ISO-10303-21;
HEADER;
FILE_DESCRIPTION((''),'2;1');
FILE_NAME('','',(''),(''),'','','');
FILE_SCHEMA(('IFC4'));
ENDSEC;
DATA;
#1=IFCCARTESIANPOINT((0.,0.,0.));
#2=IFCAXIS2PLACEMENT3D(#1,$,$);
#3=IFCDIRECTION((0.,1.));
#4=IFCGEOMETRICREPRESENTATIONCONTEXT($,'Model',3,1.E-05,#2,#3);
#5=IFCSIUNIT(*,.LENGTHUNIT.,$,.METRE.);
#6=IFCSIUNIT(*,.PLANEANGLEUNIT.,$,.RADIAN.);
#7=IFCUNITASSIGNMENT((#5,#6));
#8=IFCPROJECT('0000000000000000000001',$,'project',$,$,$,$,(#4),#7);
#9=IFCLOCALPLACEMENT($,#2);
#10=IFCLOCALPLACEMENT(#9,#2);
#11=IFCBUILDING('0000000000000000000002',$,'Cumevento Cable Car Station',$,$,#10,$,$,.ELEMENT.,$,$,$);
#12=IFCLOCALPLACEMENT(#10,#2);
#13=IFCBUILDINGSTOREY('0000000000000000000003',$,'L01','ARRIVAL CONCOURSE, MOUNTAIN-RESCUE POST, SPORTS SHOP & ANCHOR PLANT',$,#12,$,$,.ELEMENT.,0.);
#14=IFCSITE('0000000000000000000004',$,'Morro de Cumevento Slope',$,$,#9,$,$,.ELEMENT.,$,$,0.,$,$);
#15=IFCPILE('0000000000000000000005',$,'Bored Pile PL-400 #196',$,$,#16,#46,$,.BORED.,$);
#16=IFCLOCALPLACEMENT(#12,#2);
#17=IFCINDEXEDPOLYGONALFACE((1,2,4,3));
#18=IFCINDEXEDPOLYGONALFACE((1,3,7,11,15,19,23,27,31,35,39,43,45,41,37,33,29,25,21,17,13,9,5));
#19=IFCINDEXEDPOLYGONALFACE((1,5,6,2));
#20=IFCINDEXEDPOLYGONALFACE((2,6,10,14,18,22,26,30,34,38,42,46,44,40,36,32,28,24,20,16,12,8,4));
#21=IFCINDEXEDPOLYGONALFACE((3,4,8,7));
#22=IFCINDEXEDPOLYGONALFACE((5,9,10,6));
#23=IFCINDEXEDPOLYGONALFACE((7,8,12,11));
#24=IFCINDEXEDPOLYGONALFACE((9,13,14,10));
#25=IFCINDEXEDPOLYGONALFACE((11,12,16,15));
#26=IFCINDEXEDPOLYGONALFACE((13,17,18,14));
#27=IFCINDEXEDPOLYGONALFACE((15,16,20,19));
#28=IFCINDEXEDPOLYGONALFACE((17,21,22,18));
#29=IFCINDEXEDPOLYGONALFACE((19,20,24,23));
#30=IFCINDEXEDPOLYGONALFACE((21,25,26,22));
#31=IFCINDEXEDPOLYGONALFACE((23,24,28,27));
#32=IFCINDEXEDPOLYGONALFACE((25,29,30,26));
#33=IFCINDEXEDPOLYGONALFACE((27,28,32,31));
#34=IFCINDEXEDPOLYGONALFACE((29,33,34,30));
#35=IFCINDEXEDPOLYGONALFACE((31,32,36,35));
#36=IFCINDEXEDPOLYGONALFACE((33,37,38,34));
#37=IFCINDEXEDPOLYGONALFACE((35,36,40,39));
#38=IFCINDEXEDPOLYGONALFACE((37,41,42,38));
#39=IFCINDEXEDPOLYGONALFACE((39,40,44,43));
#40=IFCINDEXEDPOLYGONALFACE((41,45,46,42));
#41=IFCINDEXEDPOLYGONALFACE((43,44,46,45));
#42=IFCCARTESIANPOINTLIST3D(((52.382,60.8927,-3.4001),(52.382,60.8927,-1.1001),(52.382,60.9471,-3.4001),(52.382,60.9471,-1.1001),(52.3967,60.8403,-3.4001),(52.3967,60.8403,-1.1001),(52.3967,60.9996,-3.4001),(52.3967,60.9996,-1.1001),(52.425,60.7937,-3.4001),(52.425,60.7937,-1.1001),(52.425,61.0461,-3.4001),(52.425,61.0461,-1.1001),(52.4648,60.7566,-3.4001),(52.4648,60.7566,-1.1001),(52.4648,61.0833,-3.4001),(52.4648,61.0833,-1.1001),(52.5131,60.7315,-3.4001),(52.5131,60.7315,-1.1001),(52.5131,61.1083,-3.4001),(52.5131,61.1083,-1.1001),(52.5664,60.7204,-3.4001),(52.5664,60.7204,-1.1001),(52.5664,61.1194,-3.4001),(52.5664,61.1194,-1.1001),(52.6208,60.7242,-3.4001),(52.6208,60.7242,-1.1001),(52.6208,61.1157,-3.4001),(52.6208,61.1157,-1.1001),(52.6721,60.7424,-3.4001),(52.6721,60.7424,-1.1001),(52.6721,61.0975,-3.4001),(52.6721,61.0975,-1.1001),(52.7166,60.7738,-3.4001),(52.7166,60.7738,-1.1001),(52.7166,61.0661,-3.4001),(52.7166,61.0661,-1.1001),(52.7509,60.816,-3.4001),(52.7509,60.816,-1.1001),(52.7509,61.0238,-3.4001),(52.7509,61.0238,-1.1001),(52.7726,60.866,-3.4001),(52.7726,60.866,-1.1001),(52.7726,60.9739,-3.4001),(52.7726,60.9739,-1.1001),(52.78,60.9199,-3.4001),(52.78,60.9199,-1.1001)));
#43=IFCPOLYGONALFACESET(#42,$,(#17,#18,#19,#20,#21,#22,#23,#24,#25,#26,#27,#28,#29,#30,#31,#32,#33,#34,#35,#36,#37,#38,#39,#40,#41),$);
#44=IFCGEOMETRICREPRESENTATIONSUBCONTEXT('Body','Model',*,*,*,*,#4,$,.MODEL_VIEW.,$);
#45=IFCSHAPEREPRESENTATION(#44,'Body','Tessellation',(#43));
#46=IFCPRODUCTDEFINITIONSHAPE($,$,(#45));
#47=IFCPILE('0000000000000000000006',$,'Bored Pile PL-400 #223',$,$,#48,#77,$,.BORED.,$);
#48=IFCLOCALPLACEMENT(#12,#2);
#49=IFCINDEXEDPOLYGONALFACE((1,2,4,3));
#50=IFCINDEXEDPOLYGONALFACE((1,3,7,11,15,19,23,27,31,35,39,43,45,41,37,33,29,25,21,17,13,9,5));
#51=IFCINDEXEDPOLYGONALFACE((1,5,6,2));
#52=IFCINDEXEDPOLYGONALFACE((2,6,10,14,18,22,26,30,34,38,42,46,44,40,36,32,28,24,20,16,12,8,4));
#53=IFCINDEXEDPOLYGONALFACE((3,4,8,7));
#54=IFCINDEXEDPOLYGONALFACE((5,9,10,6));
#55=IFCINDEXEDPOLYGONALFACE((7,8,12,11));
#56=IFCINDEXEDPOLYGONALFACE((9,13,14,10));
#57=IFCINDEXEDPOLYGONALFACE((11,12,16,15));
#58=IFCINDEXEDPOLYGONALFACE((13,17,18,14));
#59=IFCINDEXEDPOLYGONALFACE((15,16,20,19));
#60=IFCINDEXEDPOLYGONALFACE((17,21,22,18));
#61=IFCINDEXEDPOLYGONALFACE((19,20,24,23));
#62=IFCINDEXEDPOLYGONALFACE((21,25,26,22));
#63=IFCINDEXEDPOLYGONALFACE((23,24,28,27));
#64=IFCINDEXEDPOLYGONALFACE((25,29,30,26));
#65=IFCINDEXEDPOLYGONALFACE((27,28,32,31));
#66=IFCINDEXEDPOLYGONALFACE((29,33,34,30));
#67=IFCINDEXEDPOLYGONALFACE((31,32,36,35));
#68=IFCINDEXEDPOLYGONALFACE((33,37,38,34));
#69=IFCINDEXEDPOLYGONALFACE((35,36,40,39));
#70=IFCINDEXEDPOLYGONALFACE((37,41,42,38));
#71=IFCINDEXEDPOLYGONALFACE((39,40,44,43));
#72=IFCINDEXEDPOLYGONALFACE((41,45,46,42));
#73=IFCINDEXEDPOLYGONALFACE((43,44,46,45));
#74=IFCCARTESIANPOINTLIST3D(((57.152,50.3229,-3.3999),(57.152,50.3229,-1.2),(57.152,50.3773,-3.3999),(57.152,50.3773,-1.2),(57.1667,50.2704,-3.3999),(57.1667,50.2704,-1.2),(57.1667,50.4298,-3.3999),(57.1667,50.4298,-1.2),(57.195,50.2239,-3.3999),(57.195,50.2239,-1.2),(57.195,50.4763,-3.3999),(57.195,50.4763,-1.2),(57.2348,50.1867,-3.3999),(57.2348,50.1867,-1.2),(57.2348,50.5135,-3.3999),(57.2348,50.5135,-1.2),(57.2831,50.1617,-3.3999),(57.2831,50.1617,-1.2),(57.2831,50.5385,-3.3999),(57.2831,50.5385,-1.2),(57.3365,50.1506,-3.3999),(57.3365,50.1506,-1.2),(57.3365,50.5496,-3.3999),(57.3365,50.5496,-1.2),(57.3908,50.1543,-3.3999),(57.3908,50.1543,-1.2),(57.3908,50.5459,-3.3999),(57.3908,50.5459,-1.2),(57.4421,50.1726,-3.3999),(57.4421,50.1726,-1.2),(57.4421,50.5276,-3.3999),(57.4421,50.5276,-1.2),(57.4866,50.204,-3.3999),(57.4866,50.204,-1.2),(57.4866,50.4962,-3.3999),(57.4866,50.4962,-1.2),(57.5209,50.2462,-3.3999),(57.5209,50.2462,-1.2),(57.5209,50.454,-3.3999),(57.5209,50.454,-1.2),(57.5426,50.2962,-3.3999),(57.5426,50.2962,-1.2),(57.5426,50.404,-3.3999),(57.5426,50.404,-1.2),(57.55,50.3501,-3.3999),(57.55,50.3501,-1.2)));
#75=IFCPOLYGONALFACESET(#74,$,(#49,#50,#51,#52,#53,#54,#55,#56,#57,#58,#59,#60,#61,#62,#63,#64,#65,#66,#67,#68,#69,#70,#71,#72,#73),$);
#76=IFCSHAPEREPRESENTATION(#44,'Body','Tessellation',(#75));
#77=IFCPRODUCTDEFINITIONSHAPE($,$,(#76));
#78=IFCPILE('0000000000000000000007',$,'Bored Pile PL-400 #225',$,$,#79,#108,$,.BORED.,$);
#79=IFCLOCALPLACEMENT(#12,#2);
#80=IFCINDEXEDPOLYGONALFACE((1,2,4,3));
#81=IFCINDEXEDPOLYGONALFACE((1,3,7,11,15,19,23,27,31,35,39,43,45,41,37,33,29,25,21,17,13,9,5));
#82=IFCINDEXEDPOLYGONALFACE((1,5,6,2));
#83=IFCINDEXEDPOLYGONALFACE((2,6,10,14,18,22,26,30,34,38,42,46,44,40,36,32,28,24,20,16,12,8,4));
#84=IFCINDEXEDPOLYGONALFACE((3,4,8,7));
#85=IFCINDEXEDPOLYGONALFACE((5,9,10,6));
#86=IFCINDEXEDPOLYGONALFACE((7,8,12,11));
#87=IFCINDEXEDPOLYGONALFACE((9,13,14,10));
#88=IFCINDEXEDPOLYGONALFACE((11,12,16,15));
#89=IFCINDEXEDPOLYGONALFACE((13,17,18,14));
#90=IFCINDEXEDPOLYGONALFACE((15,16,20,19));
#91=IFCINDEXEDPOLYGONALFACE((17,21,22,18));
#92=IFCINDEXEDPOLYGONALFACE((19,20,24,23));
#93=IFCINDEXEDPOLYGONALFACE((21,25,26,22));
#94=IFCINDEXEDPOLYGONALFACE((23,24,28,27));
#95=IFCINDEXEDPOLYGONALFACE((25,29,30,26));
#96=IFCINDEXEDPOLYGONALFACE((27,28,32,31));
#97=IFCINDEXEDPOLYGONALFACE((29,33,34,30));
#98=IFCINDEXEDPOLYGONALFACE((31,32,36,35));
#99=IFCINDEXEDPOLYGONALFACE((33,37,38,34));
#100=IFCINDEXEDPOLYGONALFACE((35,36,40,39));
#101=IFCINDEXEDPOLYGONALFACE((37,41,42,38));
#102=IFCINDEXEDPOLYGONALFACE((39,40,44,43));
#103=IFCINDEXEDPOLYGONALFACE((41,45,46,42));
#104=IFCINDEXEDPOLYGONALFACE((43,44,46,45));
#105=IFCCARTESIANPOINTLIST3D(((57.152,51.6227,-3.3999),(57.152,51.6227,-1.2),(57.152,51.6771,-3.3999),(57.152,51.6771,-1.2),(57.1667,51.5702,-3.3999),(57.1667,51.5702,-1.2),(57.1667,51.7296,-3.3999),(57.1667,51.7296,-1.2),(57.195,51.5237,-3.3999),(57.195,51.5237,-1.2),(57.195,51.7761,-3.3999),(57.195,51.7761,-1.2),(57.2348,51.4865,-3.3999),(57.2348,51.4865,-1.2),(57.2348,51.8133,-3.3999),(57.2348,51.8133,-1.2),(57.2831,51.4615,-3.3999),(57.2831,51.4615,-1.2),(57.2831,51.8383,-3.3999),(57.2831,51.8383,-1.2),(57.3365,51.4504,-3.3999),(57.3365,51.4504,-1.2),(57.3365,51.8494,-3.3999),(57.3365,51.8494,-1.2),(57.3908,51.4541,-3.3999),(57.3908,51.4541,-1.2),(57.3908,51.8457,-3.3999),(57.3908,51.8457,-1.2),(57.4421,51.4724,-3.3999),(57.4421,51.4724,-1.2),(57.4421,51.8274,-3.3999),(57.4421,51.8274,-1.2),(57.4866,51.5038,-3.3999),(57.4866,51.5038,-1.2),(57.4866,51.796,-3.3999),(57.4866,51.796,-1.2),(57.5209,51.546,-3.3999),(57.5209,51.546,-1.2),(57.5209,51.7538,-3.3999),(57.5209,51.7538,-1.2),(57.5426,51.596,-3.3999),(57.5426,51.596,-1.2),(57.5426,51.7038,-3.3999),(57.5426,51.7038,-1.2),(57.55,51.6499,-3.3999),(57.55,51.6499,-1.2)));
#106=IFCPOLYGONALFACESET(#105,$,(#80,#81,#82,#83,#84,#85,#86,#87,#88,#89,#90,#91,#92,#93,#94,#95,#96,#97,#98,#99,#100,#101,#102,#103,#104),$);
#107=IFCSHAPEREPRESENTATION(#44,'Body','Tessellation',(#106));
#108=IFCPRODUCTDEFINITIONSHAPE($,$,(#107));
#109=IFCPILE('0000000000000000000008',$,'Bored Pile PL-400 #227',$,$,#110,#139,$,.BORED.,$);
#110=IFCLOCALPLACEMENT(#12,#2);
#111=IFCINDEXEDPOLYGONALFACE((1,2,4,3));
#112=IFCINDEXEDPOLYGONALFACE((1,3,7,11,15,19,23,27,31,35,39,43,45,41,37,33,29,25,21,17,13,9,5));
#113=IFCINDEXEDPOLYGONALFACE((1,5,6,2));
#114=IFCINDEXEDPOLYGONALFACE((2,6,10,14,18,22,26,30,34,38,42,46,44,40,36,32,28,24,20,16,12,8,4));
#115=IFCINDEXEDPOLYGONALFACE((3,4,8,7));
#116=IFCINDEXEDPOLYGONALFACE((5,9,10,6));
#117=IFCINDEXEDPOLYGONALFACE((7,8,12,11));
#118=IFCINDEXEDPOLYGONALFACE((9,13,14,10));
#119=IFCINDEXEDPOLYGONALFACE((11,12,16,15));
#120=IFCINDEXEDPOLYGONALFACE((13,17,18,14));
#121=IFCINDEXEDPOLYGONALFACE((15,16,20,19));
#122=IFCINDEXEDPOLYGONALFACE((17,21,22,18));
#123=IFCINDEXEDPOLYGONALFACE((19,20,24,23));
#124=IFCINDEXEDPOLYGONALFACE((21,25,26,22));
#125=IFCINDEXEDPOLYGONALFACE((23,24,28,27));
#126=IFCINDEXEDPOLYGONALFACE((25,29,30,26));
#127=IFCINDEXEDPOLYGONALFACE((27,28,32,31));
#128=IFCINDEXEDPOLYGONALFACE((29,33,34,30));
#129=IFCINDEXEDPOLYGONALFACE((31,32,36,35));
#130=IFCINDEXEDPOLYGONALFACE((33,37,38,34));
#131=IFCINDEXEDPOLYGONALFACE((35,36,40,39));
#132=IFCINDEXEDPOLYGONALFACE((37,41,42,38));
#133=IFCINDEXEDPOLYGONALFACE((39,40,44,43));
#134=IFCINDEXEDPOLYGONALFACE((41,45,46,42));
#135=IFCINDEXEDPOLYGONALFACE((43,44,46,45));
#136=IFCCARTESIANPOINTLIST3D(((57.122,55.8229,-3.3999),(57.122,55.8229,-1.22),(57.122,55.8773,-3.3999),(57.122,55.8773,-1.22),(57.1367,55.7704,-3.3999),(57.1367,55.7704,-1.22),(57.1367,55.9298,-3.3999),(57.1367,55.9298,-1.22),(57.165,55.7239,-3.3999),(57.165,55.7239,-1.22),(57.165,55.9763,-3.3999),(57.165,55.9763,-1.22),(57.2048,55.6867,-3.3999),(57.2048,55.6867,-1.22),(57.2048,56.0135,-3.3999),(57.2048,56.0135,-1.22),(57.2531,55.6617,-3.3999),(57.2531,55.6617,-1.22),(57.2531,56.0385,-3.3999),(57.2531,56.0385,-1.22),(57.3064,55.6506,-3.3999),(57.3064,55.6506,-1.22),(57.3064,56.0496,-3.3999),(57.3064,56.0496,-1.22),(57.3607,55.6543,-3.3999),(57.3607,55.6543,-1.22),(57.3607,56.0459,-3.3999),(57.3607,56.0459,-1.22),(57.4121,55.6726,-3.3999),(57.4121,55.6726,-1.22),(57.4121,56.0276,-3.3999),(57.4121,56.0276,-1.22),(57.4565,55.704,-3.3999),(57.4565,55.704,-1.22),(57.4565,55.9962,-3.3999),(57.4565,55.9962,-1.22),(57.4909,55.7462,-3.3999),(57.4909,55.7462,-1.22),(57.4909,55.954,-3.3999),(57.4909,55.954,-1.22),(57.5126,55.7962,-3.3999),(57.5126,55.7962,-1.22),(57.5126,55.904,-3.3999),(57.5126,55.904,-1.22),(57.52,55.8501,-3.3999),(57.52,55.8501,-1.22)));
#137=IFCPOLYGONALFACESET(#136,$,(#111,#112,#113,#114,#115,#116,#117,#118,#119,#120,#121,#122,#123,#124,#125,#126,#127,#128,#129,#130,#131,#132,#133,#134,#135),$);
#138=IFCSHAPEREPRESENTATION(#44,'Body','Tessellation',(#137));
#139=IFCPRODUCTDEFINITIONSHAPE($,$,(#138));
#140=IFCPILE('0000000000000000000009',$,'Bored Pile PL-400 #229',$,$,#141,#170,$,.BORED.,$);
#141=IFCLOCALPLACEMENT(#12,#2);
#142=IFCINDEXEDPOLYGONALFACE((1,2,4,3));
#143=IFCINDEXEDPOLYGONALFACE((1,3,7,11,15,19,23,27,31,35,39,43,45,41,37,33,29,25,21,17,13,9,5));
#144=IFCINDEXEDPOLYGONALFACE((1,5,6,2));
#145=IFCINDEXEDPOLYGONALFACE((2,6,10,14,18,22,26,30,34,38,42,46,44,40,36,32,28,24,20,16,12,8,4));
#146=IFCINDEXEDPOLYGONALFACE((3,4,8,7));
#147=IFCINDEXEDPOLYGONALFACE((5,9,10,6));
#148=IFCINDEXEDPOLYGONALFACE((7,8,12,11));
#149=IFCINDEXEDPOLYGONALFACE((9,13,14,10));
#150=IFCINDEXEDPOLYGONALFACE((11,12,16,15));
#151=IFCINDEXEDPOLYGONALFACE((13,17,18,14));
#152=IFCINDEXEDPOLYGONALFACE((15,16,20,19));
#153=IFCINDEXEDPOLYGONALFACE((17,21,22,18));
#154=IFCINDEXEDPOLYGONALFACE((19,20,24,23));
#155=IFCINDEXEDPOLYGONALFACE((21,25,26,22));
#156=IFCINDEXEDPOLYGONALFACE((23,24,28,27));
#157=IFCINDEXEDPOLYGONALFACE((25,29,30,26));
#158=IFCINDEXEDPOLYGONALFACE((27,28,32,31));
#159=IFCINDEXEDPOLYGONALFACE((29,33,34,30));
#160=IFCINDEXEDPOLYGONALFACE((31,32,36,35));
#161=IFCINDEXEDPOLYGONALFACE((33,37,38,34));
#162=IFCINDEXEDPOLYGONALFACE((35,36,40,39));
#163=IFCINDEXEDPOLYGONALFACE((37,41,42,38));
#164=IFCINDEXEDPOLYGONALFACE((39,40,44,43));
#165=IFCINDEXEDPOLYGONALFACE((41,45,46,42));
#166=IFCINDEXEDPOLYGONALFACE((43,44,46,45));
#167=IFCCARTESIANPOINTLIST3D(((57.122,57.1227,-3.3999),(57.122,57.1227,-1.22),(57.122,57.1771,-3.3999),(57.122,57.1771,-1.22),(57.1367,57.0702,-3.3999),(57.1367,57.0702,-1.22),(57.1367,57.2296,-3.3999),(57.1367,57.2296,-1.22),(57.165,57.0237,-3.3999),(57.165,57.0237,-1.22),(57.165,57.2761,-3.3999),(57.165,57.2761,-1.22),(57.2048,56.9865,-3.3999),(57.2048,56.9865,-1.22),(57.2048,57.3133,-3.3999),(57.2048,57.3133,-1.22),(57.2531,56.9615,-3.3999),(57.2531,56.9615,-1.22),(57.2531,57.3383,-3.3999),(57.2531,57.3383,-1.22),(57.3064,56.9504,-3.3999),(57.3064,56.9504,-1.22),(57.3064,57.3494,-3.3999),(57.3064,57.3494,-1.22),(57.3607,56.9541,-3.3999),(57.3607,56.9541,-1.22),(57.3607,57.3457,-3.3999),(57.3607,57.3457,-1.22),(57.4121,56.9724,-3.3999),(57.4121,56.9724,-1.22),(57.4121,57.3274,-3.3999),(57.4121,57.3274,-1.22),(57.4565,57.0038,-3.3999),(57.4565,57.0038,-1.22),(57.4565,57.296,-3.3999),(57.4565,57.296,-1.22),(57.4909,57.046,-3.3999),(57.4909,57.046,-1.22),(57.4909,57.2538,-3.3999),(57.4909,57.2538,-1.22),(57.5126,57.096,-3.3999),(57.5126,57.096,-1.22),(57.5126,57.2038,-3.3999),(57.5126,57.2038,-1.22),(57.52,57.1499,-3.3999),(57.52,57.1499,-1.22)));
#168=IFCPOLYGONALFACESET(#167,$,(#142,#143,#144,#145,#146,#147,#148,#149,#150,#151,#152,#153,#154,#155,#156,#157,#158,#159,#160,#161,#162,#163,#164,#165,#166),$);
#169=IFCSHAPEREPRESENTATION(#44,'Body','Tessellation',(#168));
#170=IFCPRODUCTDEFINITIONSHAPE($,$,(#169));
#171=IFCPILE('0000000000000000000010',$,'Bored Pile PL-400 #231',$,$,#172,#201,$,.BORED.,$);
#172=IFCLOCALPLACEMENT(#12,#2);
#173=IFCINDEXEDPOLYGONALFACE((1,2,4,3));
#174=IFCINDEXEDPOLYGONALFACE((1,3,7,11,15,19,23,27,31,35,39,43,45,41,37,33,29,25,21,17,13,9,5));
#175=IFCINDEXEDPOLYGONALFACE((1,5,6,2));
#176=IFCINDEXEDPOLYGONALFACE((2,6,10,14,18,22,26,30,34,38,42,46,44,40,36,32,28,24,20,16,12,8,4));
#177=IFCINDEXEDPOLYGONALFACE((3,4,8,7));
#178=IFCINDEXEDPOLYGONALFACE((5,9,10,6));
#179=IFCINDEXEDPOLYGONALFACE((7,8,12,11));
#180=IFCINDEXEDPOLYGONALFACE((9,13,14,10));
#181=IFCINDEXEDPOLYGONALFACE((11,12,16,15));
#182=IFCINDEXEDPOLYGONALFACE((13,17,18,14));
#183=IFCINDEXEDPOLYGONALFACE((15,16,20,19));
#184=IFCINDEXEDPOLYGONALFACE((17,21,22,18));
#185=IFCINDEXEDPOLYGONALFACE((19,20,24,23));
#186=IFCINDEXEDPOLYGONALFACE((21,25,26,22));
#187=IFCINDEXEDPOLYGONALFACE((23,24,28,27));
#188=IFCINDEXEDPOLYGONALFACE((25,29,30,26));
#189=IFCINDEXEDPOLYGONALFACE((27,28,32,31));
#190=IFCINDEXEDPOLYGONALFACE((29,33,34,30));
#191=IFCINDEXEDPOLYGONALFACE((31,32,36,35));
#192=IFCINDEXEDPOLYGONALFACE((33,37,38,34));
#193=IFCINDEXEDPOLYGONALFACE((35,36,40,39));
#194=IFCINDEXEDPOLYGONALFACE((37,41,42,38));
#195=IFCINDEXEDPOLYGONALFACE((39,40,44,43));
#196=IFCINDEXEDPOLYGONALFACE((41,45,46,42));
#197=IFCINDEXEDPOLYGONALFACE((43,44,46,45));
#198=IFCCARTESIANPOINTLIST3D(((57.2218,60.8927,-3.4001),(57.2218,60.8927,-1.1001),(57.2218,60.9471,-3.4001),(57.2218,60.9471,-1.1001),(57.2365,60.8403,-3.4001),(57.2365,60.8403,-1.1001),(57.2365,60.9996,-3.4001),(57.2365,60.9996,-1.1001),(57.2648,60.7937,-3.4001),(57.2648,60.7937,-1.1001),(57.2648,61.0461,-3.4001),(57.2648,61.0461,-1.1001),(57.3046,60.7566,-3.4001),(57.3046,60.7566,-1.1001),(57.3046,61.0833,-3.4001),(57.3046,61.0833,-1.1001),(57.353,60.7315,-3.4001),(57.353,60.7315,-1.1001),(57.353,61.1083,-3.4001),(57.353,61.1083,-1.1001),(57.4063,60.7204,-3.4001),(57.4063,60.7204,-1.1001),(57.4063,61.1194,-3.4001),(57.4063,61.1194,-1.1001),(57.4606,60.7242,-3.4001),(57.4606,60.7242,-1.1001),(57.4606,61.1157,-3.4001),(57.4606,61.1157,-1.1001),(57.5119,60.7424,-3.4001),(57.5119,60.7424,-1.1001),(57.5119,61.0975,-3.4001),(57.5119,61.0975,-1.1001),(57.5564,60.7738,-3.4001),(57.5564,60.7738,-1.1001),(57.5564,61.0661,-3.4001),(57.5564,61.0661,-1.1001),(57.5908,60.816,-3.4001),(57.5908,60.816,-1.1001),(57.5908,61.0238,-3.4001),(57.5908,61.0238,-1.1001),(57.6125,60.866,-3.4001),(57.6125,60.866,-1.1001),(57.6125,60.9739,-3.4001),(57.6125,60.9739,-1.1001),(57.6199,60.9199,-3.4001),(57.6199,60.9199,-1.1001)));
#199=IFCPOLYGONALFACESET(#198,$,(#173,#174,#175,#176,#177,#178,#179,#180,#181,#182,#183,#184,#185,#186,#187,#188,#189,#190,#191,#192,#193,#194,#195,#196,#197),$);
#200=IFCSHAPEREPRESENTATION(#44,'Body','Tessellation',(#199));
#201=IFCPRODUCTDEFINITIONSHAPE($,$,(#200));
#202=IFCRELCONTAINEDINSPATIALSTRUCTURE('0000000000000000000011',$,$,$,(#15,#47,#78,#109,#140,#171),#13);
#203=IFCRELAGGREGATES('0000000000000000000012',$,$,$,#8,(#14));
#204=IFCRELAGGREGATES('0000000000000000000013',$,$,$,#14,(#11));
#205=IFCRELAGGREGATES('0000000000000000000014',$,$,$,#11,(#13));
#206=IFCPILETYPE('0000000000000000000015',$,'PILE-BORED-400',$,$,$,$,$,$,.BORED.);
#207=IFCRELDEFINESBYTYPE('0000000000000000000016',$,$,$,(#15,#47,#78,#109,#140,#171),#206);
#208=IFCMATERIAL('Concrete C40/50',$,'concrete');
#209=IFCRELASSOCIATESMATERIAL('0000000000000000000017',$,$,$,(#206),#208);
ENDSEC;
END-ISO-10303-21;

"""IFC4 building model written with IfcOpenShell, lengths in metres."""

from ifc_helpers import new_model, si_unit, direction, frame, origin, origin_2d, place, context, subcontext, project, spatial, circle, extrude, material, material_profile, profile_set, type_object, element, save


model = new_model("IFC4")

# Units and contexts
model_context = context("Model", 3, precision=1e-05, world=origin(), true_north=direction((0.0, 1.0)))
body_context = subcontext(model_context, "Body", "Model", "MODEL_VIEW")
ifc_project = project(units=[si_unit("LENGTHUNIT", "METRE"), si_unit("PLANEANGLEUNIT", "RADIAN")], contexts=[model_context])

# Site, building, storey
site_placement = place(None, origin())
site = spatial("IfcSite", under=ifc_project, at=site_placement, Name="Morro de Cumevento Slope", CompositionType="ELEMENT", RefElevation=0.0)
building_placement = place(site_placement, origin())
building = spatial("IfcBuilding", under=site, at=building_placement, Name="Cumevento Cable Car Station", CompositionType="ELEMENT")
storey_placement = place(building_placement, origin())
storey = spatial("IfcBuildingStorey", under=building, at=storey_placement, Name="L01", Description="ARRIVAL CONCOURSE, MOUNTAIN-RESCUE POST, SPORTS SHOP & ANCHOR PLANT", CompositionType="ELEMENT", Elevation=0.0)

# Piles
ifc_material_1 = material(Name="Concrete C40/50", Category="concrete")
ifc_material_profile_1 = material_profile(ifc_material_1, circle(Radius=0.2, at=origin_2d()), Name="PILE-D400")
ifc_profile_set_1 = profile_set([ifc_material_profile_1], Name="Concrete C40/50")
pile_type_1 = type_object("IfcPileType", Name="PILE-BORED-400", PredefinedType="BORED", material=ifc_profile_set_1)
pile_1_placement = place(storey_placement, frame((52.5801, 60.9199, -1.1001), z_axis=(0.0, 0.0, -1.0), x_axis=(1.0, 0.0, 0.0)))
element("IfcPile", 1, at=pile_1_placement, inside=storey, type_object=pile_type_1, Name="Bored Pile PL-400 #196", PredefinedType="BORED", context=body_context, shape_type="SweptSolid", body=[
    extrude(circle(Radius=0.2, at=origin_2d()), origin(), (0.0, 0.0, 1.0), 2.3),
])
for number, where, z_axis, x_axis, name in (
    (2, (57.3501, 50.3501, -1.2), (0.0, 0.0, -1.0), (1.0, 0.0, 0.0), "Bored Pile PL-400 #223"),
    (3, (57.3501, 51.6499, -1.2), (0.0, 0.0, -1.0), (1.0, 0.0, 0.0), "Bored Pile PL-400 #225"),
):
    element("IfcPile", number, at=place(storey_placement, frame(where, z_axis=z_axis, x_axis=x_axis)), inside=storey, type_object=pile_type_1, Name=name, PredefinedType="BORED", context=body_context, shape_type="SweptSolid", body=[
        extrude(circle(Radius=0.2, at=origin_2d()), origin(), (0.0, 0.0, 1.0), 2.2),
    ])
for number, where, z_axis, x_axis, name in (
    (4, (57.3201, 55.8501, -1.22), (0.0, 0.0, -1.0), (1.0, 0.0, 0.0), "Bored Pile PL-400 #227"),
    (5, (57.3201, 57.1499, -1.22), (0.0, 0.0, -1.0), (1.0, 0.0, 0.0), "Bored Pile PL-400 #229"),
):
    element("IfcPile", number, at=place(storey_placement, frame(where, z_axis=z_axis, x_axis=x_axis)), inside=storey, type_object=pile_type_1, Name=name, PredefinedType="BORED", context=body_context, shape_type="SweptSolid", body=[
        extrude(circle(Radius=0.2, at=origin_2d()), origin(), (0.0, 0.0, 1.0), 2.1799),
    ])
pile_2_placement = place(storey_placement, frame((57.4199, 60.9199, -1.1001), z_axis=(0.0, 0.0, -1.0), x_axis=(1.0, 0.0, 0.0)))
element("IfcPile", 6, at=pile_2_placement, inside=storey, type_object=pile_type_1, Name="Bored Pile PL-400 #231", PredefinedType="BORED", context=body_context, shape_type="SweptSolid", body=[
    extrude(circle(Radius=0.2, at=origin_2d()), origin(), (0.0, 0.0, 1.0), 2.3),
])

save(model, "model.ifc")
